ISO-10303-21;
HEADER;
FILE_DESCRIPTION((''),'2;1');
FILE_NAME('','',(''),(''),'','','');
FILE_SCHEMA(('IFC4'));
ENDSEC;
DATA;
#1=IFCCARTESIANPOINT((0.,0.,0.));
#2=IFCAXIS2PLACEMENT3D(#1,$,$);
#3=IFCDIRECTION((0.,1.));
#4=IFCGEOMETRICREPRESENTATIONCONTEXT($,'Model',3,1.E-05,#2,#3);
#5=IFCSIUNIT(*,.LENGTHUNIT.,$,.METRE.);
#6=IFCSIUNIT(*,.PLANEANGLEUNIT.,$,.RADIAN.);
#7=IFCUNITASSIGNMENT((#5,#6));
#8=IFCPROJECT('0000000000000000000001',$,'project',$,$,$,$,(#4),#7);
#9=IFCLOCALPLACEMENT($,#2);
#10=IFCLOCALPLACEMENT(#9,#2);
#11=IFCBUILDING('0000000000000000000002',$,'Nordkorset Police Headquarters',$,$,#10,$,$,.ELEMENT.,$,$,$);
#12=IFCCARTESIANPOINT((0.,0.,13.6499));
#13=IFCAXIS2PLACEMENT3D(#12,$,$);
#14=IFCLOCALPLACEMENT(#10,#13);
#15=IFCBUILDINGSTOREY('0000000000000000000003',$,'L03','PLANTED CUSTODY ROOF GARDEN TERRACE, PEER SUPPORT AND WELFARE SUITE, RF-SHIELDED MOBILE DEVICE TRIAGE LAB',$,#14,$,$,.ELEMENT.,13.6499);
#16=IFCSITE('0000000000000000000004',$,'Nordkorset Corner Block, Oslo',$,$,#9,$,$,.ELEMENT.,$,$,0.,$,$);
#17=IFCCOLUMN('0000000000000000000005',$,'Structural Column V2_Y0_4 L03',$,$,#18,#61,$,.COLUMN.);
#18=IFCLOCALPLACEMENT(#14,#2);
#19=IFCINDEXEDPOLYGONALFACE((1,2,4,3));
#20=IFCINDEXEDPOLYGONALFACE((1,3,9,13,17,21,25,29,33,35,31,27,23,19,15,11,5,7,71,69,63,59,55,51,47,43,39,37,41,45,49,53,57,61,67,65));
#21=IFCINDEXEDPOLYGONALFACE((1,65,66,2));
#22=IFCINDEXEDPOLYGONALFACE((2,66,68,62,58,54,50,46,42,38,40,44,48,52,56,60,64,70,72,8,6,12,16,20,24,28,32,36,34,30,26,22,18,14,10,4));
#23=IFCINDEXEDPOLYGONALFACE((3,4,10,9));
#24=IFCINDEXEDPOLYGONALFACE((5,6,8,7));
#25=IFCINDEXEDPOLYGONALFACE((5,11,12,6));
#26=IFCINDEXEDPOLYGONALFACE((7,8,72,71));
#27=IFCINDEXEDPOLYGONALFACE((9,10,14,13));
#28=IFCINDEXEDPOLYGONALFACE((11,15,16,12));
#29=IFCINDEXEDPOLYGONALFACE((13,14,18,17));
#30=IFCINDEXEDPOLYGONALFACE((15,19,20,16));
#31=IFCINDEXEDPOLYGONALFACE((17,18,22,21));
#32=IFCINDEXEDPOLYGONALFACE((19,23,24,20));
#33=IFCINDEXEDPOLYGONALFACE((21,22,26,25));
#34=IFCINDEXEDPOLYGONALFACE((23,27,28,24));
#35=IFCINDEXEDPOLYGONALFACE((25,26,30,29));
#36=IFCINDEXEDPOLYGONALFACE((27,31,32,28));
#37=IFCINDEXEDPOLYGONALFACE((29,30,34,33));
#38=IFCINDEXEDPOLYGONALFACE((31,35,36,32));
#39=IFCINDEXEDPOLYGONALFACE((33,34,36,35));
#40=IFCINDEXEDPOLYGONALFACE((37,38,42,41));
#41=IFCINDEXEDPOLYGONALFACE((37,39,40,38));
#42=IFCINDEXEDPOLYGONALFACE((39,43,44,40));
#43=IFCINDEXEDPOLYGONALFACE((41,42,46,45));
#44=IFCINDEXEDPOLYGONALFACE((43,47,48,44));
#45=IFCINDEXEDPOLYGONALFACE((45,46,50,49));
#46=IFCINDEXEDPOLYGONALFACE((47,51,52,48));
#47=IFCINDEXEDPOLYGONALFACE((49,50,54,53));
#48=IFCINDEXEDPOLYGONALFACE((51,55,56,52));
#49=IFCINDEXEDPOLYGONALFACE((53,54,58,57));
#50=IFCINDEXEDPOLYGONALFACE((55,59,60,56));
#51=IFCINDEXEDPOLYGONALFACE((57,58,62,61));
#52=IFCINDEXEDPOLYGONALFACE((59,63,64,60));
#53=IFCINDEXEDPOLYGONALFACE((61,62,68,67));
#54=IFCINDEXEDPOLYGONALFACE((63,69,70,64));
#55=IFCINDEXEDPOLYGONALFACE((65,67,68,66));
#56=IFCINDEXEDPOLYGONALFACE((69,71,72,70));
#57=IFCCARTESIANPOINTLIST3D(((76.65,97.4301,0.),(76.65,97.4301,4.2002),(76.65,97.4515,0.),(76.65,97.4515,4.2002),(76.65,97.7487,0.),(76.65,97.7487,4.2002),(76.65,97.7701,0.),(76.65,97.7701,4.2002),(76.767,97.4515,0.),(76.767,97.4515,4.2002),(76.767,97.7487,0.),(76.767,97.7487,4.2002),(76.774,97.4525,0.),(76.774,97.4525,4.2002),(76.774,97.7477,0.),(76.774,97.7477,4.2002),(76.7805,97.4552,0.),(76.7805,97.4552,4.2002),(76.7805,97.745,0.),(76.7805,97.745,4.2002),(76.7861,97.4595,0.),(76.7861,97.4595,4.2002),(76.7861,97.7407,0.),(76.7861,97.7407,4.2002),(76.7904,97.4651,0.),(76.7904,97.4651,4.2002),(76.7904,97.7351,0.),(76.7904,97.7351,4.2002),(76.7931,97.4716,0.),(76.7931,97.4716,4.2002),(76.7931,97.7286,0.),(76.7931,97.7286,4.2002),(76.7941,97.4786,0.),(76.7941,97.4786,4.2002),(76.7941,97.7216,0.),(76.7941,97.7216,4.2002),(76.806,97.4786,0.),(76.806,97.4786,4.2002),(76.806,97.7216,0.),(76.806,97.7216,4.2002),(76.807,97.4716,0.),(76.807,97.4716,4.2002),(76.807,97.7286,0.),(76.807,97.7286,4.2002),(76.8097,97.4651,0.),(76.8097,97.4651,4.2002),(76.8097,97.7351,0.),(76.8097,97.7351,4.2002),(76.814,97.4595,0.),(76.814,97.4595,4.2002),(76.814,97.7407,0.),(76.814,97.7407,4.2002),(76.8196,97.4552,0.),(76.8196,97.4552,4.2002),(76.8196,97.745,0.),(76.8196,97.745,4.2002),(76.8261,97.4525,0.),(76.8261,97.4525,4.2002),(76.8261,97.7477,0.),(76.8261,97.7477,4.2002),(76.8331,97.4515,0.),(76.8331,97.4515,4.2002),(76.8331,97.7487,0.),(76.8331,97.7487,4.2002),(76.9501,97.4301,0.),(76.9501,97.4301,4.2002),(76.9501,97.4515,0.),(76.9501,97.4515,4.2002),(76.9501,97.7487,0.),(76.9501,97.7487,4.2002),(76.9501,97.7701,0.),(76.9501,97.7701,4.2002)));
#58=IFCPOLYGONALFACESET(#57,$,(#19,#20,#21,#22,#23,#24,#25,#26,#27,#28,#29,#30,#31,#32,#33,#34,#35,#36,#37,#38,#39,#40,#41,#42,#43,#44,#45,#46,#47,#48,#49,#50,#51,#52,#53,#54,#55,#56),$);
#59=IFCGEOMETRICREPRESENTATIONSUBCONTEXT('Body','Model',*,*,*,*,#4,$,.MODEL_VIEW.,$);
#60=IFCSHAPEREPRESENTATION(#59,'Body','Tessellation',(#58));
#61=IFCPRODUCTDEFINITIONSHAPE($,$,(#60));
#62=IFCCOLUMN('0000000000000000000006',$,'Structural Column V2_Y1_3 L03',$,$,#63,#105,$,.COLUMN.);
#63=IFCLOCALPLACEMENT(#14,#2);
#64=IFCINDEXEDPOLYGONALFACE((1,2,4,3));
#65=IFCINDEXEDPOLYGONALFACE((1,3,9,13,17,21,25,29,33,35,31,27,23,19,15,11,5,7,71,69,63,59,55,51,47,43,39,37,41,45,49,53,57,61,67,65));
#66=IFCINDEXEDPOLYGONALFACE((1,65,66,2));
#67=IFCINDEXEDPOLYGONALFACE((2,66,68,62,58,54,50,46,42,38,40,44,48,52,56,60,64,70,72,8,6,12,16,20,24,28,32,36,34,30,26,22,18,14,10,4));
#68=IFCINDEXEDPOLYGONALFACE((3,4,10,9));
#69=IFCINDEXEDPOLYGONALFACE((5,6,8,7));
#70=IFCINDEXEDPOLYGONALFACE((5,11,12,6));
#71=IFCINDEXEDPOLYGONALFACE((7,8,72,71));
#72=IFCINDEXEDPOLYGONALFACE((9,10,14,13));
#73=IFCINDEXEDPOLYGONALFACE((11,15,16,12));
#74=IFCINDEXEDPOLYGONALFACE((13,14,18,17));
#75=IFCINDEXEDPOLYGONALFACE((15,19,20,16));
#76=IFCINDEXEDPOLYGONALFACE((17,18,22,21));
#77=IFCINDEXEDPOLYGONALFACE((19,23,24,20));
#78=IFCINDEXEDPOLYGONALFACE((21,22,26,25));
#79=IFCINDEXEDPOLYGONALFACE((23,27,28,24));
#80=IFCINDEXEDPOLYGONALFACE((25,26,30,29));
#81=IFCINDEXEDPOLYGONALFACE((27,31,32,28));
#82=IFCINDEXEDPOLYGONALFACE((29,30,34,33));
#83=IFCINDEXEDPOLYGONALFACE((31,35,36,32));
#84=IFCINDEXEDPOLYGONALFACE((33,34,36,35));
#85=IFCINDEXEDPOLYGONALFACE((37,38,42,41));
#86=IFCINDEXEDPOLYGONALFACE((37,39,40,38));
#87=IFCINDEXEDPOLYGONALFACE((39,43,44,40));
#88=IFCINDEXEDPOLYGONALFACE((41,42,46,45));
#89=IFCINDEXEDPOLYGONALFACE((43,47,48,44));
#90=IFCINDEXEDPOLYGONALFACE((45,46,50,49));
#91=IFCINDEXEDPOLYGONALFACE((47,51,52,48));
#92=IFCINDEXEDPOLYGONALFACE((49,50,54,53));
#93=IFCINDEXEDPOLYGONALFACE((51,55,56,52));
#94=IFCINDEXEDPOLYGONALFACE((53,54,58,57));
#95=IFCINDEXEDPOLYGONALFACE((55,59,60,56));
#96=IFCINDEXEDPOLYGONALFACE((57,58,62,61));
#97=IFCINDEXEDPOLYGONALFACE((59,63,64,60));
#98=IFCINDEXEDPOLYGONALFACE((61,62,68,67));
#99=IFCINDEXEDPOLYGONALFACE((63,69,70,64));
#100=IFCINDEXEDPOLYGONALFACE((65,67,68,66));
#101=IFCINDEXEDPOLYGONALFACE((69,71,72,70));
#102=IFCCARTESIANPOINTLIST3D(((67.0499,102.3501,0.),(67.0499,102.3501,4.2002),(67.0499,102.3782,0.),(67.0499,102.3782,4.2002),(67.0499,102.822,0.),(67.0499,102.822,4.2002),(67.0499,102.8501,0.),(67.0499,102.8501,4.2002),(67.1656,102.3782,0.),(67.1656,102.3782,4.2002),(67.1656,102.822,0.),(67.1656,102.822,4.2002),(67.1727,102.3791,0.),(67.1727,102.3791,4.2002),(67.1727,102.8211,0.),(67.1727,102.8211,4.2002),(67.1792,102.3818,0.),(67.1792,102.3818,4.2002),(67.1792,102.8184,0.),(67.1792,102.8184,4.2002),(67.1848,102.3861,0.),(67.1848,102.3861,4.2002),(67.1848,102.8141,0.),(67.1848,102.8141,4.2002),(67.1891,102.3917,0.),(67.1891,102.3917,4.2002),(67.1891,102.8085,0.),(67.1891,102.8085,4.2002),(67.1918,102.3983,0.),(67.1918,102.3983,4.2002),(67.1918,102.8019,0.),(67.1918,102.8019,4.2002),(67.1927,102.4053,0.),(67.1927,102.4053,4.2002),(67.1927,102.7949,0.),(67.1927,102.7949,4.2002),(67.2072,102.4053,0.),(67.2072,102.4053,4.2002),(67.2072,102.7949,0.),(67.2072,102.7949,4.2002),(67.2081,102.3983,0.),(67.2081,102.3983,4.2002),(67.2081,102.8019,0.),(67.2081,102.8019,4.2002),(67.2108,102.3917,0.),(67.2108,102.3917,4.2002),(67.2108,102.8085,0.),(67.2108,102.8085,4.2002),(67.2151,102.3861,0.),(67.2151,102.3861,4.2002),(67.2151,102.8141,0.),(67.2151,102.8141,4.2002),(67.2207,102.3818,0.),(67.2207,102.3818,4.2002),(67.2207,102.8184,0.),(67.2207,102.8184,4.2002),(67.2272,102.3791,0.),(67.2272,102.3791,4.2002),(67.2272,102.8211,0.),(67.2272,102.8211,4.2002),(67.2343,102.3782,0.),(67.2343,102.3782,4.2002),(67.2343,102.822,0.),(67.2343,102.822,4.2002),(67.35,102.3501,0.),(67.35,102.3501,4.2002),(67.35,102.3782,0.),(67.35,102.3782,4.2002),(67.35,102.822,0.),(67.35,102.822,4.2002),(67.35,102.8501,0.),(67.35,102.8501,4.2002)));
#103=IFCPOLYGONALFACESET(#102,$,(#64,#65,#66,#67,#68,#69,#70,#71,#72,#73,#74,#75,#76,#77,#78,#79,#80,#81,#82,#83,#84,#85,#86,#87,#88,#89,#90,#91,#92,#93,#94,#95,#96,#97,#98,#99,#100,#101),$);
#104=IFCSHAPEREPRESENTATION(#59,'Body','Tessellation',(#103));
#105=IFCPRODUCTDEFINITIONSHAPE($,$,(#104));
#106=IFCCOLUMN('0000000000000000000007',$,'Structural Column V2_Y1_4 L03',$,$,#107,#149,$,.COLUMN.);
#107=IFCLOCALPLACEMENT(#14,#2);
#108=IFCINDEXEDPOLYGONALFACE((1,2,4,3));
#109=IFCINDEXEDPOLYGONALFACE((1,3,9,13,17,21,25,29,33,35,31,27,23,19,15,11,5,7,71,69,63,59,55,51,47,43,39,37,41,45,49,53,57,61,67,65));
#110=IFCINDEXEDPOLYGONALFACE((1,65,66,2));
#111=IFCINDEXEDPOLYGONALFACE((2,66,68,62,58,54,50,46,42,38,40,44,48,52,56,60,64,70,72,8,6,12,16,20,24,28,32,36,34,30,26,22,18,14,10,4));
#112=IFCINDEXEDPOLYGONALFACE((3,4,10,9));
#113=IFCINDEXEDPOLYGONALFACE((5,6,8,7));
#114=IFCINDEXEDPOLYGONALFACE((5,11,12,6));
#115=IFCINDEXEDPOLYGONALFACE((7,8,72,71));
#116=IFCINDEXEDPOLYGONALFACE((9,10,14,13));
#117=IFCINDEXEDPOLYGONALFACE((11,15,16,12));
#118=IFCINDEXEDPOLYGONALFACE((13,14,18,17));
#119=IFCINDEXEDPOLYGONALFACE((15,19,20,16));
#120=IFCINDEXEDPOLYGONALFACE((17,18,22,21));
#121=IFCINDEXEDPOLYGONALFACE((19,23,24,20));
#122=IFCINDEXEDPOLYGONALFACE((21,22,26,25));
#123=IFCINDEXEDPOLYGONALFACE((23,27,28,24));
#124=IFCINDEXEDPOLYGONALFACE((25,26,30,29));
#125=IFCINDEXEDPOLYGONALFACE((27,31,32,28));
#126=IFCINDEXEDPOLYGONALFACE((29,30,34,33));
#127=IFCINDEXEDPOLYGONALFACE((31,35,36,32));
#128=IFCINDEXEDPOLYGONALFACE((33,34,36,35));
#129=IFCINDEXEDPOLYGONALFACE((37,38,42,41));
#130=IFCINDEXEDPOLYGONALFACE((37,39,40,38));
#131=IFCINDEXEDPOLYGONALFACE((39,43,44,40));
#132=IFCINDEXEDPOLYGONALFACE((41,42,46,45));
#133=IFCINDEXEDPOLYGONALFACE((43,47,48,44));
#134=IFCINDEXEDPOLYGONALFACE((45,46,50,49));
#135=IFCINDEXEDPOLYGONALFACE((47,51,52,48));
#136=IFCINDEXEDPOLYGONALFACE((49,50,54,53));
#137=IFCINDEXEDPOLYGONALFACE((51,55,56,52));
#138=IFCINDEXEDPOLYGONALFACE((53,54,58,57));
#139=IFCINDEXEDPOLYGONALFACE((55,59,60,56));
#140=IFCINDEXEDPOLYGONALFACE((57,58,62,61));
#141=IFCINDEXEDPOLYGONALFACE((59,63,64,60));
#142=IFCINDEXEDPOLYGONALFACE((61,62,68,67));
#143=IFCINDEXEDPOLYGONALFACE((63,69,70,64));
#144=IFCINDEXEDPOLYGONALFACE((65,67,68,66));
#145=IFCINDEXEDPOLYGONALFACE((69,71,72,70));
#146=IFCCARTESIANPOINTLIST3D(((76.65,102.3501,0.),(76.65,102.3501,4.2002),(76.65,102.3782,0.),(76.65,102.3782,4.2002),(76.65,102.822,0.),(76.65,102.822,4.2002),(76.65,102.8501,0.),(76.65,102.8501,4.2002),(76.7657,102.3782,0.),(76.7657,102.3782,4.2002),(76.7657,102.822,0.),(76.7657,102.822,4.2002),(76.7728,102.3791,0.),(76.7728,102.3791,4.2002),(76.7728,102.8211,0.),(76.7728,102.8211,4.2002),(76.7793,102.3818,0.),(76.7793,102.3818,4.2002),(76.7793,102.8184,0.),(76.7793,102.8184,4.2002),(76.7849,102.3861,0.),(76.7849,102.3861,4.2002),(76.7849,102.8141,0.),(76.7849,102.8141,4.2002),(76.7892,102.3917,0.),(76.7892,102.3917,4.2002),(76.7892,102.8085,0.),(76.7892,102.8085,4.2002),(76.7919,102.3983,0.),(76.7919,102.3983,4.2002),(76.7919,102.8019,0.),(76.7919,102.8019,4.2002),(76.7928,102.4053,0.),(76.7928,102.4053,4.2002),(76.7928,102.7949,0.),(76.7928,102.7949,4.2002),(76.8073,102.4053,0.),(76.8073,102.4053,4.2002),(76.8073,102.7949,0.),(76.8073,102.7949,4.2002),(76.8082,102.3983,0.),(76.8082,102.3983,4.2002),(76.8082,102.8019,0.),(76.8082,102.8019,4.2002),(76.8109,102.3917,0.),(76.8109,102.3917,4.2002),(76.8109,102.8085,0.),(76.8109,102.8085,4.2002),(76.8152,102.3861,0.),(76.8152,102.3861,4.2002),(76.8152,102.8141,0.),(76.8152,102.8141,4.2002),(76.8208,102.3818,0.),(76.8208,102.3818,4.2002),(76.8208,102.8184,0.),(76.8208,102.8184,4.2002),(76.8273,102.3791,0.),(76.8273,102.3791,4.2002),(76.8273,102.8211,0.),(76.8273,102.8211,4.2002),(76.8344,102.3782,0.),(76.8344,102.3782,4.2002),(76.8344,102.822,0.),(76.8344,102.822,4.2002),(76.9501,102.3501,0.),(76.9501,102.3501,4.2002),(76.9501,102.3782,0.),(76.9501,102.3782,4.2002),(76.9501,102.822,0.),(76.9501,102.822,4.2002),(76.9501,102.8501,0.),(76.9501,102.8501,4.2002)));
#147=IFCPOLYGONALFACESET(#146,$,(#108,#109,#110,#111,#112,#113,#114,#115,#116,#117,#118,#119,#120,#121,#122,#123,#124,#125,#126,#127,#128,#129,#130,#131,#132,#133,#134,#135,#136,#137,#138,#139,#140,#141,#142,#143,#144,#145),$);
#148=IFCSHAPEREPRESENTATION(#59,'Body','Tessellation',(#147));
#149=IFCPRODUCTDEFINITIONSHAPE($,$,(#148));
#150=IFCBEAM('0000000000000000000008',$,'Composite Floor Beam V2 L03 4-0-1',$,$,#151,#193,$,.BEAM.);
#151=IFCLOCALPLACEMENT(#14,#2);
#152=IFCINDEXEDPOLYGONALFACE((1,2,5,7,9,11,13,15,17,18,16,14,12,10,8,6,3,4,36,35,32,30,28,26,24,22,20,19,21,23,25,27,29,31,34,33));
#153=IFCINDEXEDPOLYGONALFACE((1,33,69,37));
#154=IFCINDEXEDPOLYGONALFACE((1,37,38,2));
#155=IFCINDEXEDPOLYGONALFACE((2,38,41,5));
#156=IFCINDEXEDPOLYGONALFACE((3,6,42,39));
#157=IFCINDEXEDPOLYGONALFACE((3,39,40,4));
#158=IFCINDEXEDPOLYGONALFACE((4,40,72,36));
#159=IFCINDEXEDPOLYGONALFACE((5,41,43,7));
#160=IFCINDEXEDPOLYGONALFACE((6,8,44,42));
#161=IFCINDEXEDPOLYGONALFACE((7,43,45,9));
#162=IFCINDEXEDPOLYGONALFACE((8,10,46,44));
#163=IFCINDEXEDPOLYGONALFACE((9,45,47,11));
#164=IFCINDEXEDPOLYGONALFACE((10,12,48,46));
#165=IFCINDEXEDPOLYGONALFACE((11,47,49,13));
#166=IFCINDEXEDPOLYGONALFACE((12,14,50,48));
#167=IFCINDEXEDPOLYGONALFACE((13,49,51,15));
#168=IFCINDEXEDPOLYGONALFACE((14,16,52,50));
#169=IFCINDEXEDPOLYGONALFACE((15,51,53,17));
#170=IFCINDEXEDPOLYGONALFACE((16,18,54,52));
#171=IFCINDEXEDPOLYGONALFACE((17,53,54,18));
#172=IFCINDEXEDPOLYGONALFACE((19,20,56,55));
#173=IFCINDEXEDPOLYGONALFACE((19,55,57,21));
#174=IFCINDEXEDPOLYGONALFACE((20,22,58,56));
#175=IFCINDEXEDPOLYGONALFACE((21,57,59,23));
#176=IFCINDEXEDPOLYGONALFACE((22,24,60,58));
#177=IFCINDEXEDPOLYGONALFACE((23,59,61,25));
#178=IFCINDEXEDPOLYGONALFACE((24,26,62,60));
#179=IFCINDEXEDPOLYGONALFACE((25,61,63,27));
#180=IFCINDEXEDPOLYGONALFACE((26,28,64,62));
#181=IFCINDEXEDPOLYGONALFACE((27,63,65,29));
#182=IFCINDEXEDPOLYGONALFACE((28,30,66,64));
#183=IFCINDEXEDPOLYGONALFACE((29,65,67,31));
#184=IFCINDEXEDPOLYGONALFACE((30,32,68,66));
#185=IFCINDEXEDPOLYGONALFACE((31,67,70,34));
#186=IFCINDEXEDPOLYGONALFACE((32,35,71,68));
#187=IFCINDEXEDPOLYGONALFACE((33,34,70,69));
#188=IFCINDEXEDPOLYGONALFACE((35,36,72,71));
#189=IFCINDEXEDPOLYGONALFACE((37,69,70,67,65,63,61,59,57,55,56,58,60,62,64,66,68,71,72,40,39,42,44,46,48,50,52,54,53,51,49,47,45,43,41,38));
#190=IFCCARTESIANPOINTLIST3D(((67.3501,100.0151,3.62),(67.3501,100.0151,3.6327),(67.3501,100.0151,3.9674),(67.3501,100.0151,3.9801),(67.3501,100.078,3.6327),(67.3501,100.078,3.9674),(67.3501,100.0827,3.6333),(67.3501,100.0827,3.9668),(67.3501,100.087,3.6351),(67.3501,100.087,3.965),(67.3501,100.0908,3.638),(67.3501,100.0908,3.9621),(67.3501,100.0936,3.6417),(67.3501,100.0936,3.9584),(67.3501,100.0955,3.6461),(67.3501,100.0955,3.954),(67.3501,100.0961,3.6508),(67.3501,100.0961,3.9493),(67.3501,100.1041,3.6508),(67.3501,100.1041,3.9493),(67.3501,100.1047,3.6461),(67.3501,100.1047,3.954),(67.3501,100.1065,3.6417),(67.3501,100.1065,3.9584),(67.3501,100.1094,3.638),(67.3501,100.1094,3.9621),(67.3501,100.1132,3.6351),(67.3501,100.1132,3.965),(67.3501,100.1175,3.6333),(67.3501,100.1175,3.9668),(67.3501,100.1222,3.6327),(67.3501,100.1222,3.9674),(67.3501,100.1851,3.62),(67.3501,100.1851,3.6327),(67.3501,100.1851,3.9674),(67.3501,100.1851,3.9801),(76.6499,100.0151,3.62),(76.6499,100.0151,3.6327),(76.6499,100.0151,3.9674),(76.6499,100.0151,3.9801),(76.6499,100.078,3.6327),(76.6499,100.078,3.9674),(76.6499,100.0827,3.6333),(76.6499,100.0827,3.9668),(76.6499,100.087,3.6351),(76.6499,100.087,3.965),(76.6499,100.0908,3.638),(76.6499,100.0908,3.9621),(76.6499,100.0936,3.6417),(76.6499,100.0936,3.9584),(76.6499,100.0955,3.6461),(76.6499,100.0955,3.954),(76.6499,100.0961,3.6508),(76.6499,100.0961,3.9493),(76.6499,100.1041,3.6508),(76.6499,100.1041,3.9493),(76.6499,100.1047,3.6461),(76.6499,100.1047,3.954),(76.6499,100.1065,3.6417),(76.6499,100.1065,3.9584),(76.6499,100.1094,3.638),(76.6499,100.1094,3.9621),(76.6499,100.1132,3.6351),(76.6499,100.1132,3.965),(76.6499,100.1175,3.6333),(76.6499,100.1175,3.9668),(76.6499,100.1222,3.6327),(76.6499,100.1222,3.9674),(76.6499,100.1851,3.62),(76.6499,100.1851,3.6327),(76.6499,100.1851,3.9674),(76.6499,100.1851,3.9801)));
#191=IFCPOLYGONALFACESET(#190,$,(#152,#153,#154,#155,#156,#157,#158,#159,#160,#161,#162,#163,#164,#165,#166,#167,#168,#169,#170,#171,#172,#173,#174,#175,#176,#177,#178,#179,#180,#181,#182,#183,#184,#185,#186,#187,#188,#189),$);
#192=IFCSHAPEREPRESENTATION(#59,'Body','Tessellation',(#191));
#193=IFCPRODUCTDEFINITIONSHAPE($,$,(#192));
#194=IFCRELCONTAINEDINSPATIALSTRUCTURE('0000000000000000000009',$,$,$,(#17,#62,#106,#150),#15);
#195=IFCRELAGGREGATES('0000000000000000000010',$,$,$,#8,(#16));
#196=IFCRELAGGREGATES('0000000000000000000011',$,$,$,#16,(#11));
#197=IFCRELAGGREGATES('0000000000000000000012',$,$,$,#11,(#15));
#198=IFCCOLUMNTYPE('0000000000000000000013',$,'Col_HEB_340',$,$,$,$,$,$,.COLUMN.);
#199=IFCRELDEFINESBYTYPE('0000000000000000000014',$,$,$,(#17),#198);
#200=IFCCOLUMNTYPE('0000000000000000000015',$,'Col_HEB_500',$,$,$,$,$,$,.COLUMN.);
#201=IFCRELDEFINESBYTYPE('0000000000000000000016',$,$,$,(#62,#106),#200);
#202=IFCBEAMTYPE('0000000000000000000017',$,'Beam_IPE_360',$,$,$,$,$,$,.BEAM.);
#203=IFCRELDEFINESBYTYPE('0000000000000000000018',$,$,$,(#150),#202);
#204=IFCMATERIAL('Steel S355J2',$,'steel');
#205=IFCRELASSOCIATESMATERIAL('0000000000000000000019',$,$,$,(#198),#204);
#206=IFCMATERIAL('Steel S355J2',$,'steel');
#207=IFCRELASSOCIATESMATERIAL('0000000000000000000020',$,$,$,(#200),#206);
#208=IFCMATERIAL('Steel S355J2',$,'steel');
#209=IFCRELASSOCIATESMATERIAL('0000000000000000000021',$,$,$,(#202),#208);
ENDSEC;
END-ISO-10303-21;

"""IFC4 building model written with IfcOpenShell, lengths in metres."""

from ifc_helpers import new_model, si_unit, direction, frame, origin, origin_2d, place, context, subcontext, project, spatial, i_section, extrude, material, material_profile, profile_set, type_object, element, save


model = new_model("IFC4")

# Units and contexts
model_context = context("Model", 3, precision=1e-05, world=origin(), true_north=direction((0.0, 1.0)))
body_context = subcontext(model_context, "Body", "Model", "MODEL_VIEW")
ifc_project = project(units=[si_unit("LENGTHUNIT", "METRE"), si_unit("PLANEANGLEUNIT", "RADIAN")], contexts=[model_context])

# Site, building, storey
site_placement = place(None, origin())
site = spatial("IfcSite", under=ifc_project, at=site_placement, Name="Nordkorset Corner Block, Oslo", CompositionType="ELEMENT", RefElevation=0.0)
building_placement = place(site_placement, origin())
building = spatial("IfcBuilding", under=site, at=building_placement, Name="Nordkorset Police Headquarters", CompositionType="ELEMENT")
storey_placement = place(building_placement, frame((0.0, 0.0, 13.6499)))
storey = spatial("IfcBuildingStorey", under=building, at=storey_placement, Name="L03", Description="PLANTED CUSTODY ROOF GARDEN TERRACE, PEER SUPPORT AND WELFARE SUITE, RF-SHIELDED MOBILE DEVICE TRIAGE LAB", CompositionType="ELEMENT", Elevation=13.6499)

# Columns
ifc_material_1 = material(Name="Steel S355J2", Category="steel")
ifc_material_profile_1 = material_profile(ifc_material_1, i_section(OverallWidth=0.3, OverallDepth=0.3401, WebThickness=0.012, FlangeThickness=0.0215, FilletRadius=0.0271, at=origin_2d()), Name="HEB 340")
ifc_profile_set_1 = profile_set([ifc_material_profile_1], Name="Steel S355J2")
column_type_1 = type_object("IfcColumnType", Name="Col_HEB_340", PredefinedType="COLUMN", material=ifc_profile_set_1)
column_placement = place(storey_placement, frame((76.8, 97.6001, 0.0), z_axis=(0.0, 0.0, 1.0), x_axis=(1.0, 0.0, 0.0)))
element("IfcColumn", 1, at=column_placement, inside=storey, type_object=column_type_1, Name="Structural Column V2_Y0_4 L03", PredefinedType="COLUMN", context=body_context, shape_type="SweptSolid", body=[
    extrude(i_section(OverallWidth=0.3, OverallDepth=0.3401, WebThickness=0.012, FlangeThickness=0.0215, FilletRadius=0.0271, at=origin_2d()), origin(), (0.0, 0.0, 1.0), 4.2002),
])
ifc_material_2 = material(Name="Steel S355J2", Category="steel")
ifc_material_profile_2 = material_profile(ifc_material_2, i_section(OverallWidth=0.3, OverallDepth=0.5, WebThickness=0.0144, FlangeThickness=0.0281, FilletRadius=0.0271, at=origin_2d()), Name="HEB 500")
ifc_profile_set_2 = profile_set([ifc_material_profile_2], Name="Steel S355J2")
column_type_2 = type_object("IfcColumnType", Name="Col_HEB_500", PredefinedType="COLUMN", material=ifc_profile_set_2)
for number, where, z_axis, x_axis, name in (
    (2, (67.2, 102.6001, 0.0), (0.0, 0.0, 1.0), (1.0, 0.0, 0.0), "Structural Column V2_Y1_3 L03"),
    (3, (76.8, 102.6001, 0.0), (0.0, 0.0, 1.0), (1.0, 0.0, 0.0), "Structural Column V2_Y1_4 L03"),
):
    element("IfcColumn", number, at=place(storey_placement, frame(where, z_axis=z_axis, x_axis=x_axis)), inside=storey, type_object=column_type_2, Name=name, PredefinedType="COLUMN", context=body_context, shape_type="SweptSolid", body=[
        extrude(i_section(OverallWidth=0.3, OverallDepth=0.5, WebThickness=0.0144, FlangeThickness=0.0281, FilletRadius=0.0271, at=origin_2d()), origin(), (0.0, 0.0, 1.0), 4.2002),
    ])

# Beam
ifc_material_3 = material(Name="Steel S355J2", Category="steel")
ifc_material_profile_3 = material_profile(ifc_material_3, i_section(OverallWidth=0.1699, OverallDepth=0.3601, WebThickness=0.0081, FlangeThickness=0.0127, FilletRadius=0.0181, at=origin_2d()), Name="IPE 360")
ifc_profile_set_3 = profile_set([ifc_material_profile_3], Name="Steel S355J2")
beam_type_1 = type_object("IfcBeamType", Name="Beam_IPE_360", PredefinedType="BEAM", material=ifc_profile_set_3)
beam_1_placement = place(storey_placement, frame((67.3501, 100.1001, 3.8), z_axis=(1.0, 0.0, 0.0), x_axis=(0.0, 1.0, 0.0)))
element("IfcBeam", 4, at=beam_1_placement, inside=storey, type_object=beam_type_1, Name="Composite Floor Beam V2 L03 4-0-1", PredefinedType="BEAM", context=body_context, shape_type="SweptSolid", body=[
    extrude(i_section(OverallWidth=0.1699, OverallDepth=0.3601, WebThickness=0.0081, FlangeThickness=0.0127, FilletRadius=0.0181, at=origin_2d()), origin(), (0.0, 0.0, 1.0), 9.2998),
])

save(model, "model.ifc")
